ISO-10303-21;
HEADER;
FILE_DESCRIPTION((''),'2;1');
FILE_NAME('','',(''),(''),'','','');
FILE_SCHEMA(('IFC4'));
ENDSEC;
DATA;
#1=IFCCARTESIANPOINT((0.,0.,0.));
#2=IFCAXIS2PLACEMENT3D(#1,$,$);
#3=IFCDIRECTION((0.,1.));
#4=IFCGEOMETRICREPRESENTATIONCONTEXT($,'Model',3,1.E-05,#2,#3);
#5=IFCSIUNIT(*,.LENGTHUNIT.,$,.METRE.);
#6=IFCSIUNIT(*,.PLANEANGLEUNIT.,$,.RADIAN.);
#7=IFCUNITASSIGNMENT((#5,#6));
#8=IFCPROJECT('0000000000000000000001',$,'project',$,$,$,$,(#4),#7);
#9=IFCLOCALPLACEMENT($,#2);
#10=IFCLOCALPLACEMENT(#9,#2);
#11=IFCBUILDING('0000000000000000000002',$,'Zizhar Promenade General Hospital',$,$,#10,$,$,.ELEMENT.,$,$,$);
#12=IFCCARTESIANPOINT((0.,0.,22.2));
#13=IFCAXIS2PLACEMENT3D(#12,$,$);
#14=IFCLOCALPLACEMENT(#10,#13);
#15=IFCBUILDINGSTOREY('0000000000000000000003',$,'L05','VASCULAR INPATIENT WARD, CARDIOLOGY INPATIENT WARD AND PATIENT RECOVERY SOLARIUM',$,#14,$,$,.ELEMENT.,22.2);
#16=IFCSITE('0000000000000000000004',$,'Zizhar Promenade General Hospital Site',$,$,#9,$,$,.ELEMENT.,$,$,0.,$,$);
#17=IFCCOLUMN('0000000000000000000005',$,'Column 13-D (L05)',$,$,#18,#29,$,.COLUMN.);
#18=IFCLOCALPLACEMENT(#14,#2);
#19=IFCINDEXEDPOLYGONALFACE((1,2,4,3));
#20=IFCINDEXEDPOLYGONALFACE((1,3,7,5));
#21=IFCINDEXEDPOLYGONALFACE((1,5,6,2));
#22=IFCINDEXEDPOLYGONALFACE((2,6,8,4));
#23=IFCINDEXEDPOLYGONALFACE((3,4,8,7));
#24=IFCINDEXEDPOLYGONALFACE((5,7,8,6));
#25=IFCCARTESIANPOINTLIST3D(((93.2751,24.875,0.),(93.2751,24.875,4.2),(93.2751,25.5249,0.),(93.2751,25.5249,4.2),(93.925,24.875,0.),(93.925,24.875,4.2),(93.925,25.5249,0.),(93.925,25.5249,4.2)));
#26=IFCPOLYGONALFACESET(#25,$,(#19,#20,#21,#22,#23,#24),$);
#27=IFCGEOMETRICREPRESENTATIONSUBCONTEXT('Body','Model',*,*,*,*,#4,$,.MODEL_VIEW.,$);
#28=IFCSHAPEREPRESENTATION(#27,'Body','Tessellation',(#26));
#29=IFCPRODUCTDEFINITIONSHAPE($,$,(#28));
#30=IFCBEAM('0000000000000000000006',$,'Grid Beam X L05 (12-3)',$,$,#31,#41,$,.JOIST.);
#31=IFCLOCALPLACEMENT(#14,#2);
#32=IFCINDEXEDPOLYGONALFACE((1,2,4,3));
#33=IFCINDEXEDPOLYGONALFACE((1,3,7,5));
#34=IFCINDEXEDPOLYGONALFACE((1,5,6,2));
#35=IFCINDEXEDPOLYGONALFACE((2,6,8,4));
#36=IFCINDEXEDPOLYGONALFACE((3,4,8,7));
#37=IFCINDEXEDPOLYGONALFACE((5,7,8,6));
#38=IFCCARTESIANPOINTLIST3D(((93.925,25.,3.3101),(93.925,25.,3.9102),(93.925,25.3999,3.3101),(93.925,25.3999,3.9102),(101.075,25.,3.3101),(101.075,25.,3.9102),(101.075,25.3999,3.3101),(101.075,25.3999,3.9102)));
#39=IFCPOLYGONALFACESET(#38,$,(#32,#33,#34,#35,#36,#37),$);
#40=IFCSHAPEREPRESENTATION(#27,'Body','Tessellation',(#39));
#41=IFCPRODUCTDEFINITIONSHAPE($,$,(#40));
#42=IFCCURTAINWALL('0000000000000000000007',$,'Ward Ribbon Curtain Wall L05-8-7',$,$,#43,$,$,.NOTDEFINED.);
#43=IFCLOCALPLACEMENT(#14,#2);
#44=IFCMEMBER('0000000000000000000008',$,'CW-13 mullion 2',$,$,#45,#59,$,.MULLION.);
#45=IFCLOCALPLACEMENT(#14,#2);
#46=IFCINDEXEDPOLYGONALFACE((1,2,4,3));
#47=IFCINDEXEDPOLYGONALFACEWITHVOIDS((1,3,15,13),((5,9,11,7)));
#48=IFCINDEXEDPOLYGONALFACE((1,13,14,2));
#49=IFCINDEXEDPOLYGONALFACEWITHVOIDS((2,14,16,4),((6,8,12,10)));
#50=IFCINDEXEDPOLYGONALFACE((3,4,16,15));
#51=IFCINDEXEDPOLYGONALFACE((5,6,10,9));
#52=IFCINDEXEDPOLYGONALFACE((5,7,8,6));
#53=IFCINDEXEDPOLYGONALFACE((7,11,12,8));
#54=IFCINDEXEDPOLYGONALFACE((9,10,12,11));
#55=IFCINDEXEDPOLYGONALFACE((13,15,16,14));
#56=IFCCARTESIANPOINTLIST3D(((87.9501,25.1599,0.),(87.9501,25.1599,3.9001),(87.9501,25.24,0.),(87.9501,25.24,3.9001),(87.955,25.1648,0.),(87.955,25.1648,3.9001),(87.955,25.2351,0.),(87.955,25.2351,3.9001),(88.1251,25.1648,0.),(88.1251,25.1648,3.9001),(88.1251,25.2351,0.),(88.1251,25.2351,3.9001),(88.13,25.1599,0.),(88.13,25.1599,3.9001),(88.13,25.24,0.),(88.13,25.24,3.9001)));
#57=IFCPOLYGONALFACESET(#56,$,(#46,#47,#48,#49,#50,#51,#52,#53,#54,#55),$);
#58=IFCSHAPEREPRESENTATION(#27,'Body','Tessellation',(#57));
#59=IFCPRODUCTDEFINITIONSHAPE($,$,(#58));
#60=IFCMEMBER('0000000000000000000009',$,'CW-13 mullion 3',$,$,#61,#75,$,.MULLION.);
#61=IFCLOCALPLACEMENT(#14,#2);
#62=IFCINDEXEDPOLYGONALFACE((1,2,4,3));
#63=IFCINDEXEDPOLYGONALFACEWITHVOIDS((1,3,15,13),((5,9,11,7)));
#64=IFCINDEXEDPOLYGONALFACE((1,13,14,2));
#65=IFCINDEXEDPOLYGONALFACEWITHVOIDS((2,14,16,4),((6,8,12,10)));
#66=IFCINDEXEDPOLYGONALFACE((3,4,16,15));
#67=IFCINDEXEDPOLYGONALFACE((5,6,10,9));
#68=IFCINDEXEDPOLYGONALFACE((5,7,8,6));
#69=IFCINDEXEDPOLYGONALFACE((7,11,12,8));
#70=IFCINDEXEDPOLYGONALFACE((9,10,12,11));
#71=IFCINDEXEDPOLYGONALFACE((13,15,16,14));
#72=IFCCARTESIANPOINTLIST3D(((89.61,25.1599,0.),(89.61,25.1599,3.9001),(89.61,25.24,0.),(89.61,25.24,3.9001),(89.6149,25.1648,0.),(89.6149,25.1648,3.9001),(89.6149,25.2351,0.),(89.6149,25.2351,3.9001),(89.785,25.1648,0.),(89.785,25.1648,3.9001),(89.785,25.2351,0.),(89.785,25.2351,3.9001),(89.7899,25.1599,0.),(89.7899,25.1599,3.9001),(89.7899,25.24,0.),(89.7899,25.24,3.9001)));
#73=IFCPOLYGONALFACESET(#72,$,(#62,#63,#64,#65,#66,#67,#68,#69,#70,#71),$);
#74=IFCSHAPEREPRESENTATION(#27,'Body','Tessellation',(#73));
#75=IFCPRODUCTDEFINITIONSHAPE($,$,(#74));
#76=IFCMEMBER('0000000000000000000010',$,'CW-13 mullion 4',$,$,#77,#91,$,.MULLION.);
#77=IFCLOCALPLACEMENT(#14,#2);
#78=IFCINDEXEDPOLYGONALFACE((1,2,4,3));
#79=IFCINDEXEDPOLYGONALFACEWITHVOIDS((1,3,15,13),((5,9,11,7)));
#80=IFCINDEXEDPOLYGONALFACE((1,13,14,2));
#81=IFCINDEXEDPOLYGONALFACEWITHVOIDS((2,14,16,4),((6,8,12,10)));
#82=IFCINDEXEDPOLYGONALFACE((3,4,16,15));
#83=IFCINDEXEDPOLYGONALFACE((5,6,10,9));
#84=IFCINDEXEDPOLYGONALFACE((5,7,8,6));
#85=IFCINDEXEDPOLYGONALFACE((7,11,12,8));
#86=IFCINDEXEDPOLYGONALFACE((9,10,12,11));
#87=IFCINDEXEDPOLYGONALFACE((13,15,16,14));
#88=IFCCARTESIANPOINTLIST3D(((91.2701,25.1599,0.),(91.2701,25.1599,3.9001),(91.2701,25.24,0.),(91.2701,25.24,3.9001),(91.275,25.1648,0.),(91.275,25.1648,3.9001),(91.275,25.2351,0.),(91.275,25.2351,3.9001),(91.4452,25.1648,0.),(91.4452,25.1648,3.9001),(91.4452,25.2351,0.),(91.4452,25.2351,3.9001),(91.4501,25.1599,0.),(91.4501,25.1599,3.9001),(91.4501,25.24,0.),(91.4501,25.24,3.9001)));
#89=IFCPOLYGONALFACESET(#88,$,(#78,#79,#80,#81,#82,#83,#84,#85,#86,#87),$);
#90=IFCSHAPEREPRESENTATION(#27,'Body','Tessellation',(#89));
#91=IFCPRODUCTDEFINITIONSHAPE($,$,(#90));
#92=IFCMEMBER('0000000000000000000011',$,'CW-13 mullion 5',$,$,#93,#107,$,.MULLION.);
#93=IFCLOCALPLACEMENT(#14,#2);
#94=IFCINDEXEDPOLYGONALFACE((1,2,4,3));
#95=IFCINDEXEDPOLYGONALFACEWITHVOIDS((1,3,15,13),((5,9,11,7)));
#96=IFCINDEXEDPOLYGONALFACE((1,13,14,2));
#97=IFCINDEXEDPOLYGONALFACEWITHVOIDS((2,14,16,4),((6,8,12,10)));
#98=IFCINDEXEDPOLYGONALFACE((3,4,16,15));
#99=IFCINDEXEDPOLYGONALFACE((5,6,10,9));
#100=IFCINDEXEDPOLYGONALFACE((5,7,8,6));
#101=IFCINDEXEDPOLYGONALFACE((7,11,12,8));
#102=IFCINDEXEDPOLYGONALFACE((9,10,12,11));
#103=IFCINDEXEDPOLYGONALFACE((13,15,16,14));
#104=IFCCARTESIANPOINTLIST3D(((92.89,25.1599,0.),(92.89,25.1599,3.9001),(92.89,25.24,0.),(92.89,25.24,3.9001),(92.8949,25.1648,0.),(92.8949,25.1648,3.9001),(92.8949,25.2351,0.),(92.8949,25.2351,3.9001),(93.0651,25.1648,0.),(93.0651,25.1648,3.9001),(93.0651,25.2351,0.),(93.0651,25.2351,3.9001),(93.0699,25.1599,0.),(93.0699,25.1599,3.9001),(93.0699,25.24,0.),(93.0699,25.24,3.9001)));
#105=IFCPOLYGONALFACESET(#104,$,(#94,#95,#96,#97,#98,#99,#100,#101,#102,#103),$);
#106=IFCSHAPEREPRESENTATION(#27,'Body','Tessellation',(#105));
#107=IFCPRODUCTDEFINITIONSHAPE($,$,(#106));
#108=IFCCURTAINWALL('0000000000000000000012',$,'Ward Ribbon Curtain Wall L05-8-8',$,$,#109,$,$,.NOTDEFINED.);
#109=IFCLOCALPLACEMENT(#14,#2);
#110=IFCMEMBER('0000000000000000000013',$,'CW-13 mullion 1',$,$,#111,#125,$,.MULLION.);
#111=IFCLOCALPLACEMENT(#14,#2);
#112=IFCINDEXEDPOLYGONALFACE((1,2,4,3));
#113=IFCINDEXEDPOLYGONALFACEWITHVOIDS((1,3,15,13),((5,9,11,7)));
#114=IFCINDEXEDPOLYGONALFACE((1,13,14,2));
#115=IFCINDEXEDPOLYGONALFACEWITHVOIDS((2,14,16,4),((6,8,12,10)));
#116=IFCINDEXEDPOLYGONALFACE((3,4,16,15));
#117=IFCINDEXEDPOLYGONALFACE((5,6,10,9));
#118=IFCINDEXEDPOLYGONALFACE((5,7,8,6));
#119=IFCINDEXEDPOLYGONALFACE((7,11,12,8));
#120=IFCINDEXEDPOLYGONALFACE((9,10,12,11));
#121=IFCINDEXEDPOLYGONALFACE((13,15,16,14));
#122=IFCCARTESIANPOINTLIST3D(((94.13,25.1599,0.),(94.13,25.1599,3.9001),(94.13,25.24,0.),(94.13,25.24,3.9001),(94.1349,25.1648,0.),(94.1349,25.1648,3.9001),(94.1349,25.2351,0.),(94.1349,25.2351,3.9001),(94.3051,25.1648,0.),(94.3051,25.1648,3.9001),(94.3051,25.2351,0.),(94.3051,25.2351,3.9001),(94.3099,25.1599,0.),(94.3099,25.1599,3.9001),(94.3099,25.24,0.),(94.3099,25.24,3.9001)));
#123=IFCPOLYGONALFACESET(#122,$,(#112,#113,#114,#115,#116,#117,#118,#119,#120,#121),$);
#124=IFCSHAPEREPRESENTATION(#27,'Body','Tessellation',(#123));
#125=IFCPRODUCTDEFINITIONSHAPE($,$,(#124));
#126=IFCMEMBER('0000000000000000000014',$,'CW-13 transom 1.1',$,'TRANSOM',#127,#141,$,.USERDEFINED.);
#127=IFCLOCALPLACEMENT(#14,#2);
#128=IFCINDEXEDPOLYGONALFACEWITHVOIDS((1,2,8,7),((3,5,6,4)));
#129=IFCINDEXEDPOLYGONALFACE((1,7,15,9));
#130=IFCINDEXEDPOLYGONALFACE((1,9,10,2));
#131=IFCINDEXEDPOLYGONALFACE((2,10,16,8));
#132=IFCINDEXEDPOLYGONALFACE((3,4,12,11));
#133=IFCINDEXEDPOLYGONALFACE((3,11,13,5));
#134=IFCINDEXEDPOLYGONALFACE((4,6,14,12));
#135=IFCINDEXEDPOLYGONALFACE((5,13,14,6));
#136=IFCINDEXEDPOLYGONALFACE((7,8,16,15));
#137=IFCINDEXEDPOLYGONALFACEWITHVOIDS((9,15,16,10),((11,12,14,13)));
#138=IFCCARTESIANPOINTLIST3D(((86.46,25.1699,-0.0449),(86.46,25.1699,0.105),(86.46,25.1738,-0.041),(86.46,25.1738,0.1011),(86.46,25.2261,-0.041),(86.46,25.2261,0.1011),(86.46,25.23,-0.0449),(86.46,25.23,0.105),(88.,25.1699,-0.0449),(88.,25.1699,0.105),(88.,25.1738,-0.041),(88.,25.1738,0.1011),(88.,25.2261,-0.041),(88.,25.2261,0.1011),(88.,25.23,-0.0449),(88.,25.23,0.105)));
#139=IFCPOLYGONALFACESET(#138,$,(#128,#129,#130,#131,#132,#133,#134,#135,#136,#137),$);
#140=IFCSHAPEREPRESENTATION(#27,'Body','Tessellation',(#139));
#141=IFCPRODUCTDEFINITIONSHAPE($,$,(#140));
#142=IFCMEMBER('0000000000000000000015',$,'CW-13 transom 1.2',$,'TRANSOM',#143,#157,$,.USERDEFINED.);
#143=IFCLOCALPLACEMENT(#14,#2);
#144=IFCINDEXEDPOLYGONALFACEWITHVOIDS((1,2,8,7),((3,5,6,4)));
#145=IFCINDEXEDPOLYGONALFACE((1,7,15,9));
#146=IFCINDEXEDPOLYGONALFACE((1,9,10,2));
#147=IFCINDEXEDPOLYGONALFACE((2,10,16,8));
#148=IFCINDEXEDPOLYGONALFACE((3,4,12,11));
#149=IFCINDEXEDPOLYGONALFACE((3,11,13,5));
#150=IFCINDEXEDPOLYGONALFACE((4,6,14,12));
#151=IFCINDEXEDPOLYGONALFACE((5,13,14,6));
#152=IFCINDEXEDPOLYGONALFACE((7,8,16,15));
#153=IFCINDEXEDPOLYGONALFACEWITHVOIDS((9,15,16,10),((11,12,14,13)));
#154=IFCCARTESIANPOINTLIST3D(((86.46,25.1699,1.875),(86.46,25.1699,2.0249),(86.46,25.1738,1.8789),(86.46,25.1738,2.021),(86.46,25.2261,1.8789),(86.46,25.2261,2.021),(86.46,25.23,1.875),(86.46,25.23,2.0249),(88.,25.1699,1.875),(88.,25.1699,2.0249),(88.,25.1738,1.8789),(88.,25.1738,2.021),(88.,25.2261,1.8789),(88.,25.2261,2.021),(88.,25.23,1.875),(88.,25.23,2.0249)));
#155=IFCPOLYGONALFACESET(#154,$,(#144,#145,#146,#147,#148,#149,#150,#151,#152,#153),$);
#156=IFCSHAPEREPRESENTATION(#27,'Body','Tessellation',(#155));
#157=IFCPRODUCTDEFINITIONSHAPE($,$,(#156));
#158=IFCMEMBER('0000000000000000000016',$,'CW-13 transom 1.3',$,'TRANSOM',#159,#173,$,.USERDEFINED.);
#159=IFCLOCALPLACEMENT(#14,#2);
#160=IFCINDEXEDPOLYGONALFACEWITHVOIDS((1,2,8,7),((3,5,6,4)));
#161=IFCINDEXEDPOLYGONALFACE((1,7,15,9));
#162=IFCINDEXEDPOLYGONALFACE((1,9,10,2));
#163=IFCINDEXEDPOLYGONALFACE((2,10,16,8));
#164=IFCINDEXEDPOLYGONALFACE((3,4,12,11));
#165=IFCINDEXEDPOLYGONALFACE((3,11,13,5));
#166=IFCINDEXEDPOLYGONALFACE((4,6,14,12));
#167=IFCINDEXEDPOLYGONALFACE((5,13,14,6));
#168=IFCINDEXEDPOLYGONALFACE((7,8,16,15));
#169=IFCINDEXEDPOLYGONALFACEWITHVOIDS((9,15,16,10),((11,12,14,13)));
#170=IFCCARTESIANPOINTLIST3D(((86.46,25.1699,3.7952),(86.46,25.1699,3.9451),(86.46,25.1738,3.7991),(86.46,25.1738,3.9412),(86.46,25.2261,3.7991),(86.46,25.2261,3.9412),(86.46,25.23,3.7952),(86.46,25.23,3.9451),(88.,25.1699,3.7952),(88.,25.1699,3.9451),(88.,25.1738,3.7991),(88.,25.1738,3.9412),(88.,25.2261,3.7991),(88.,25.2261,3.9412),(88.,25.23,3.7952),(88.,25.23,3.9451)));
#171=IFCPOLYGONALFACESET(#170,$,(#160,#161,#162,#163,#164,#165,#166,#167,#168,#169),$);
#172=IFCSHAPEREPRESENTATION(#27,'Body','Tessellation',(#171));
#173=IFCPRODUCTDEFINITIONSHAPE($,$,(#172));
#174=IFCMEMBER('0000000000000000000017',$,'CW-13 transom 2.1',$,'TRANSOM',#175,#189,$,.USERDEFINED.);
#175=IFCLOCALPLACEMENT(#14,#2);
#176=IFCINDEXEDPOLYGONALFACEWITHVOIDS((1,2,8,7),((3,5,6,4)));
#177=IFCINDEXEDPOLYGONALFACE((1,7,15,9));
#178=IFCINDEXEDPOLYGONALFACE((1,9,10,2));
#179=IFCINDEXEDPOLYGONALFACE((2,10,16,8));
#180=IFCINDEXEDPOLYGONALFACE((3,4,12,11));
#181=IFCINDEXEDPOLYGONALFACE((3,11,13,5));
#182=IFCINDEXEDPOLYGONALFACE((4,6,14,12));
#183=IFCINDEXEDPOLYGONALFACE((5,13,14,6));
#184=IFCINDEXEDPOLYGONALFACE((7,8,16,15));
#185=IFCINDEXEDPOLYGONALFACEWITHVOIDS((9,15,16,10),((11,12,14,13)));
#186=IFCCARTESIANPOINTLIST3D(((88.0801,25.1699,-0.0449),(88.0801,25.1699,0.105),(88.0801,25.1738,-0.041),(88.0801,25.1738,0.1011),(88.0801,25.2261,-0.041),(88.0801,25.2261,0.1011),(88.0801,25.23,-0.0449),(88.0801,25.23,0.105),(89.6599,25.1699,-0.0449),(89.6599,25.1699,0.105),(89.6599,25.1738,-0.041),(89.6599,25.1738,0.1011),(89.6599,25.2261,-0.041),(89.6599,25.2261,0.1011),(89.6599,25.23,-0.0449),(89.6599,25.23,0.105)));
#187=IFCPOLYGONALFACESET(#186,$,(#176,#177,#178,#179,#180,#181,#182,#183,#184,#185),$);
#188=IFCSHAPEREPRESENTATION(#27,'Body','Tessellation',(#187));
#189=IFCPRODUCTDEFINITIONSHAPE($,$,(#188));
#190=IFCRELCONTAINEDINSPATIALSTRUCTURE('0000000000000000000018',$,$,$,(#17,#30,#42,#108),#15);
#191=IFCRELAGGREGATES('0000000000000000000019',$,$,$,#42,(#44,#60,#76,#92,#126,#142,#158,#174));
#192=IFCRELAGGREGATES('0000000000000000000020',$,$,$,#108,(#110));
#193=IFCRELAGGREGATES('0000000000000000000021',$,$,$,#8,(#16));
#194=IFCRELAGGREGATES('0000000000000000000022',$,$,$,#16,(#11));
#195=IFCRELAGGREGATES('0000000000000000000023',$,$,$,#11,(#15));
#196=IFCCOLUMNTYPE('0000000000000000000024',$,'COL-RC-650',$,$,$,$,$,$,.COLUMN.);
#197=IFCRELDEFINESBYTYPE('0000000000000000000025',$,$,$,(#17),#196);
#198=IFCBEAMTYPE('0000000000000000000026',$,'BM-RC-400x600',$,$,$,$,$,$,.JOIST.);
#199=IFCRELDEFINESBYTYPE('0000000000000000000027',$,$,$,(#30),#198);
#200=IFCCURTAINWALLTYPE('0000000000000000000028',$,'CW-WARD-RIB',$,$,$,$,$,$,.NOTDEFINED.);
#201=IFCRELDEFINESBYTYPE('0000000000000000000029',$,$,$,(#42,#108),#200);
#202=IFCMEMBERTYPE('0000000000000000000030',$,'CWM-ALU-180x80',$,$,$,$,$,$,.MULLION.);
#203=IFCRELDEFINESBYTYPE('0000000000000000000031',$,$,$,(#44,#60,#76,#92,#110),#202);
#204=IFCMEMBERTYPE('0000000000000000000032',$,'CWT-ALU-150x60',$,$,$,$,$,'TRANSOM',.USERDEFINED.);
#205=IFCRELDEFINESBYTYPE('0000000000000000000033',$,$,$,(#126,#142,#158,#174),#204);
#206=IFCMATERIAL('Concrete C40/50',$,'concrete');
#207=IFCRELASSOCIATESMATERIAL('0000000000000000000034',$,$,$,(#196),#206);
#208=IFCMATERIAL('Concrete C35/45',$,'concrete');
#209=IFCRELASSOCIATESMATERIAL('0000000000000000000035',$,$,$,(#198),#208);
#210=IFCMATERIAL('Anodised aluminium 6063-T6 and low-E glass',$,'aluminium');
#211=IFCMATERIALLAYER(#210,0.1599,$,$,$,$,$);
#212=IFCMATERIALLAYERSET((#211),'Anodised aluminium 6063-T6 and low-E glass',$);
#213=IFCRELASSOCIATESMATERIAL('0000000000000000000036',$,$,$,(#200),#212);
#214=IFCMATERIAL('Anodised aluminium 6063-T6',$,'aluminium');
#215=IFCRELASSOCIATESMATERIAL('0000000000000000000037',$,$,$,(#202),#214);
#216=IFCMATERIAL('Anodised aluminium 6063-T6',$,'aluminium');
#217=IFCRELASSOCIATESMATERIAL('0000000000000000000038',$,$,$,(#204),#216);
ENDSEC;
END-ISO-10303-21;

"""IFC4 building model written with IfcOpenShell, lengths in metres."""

from ifc_helpers import new_model, si_unit, direction, frame, origin, origin_2d, place, context, subcontext, project, spatial, rectangle, hollow_rectangle, extrude, material, layer, layer_set, material_profile, profile_set, type_object, element, aggregate, save


model = new_model("IFC4")

# Units and contexts
model_context = context("Model", 3, precision=1e-05, world=origin(), true_north=direction((0.0, 1.0)))
body_context = subcontext(model_context, "Body", "Model", "MODEL_VIEW")
ifc_project = project(units=[si_unit("LENGTHUNIT", "METRE"), si_unit("PLANEANGLEUNIT", "RADIAN")], contexts=[model_context])

# Site, building, storey
site_placement = place(None, origin())
site = spatial("IfcSite", under=ifc_project, at=site_placement, Name="Zizhar Promenade General Hospital Site", CompositionType="ELEMENT", RefElevation=0.0)
building_placement = place(site_placement, origin())
building = spatial("IfcBuilding", under=site, at=building_placement, Name="Zizhar Promenade General Hospital", CompositionType="ELEMENT")
storey_placement = place(building_placement, frame((0.0, 0.0, 22.2)))
storey = spatial("IfcBuildingStorey", under=building, at=storey_placement, Name="L05", Description="VASCULAR INPATIENT WARD, CARDIOLOGY INPATIENT WARD AND PATIENT RECOVERY SOLARIUM", CompositionType="ELEMENT", Elevation=22.2)

# Column
ifc_material_1 = material(Name="Concrete C40/50", Category="concrete")
ifc_material_profile_1 = material_profile(ifc_material_1, rectangle(XDim=0.6499, YDim=0.6499, at=origin_2d()))
ifc_profile_set_1 = profile_set([ifc_material_profile_1], Name="Concrete C40/50")
column_type = type_object("IfcColumnType", Name="COL-RC-650", PredefinedType="COLUMN", material=ifc_profile_set_1)
column_placement = place(storey_placement, frame((93.6001, 25.2, 0.0), z_axis=(0.0, 0.0, 1.0), x_axis=(1.0, 0.0, 0.0)))
element("IfcColumn", 1, at=column_placement, inside=storey, type_object=column_type, Name="Column 13-D (L05)", PredefinedType="COLUMN", context=body_context, shape_type="SweptSolid", body=[
    extrude(rectangle(XDim=0.6499, YDim=0.6499, at=origin_2d()), origin(), (0.0, 0.0, 1.0), 4.2),
])

# Beam
ifc_material_2 = material(Name="Concrete C35/45", Category="concrete")
ifc_material_profile_2 = material_profile(ifc_material_2, rectangle(XDim=0.3999, YDim=0.6001, at=origin_2d()))
ifc_profile_set_2 = profile_set([ifc_material_profile_2], Name="Concrete C35/45")
beam_type = type_object("IfcBeamType", Name="BM-RC-400x600", PredefinedType="JOIST", material=ifc_profile_set_2)
beam_placement = place(storey_placement, frame((93.925, 25.2, 3.6101), z_axis=(1.0, 0.0, 0.0), x_axis=(0.0, 1.0, 0.0)))
element("IfcBeam", 2, at=beam_placement, inside=storey, type_object=beam_type, Name="Grid Beam X L05 (12-3)", PredefinedType="JOIST", context=body_context, shape_type="SweptSolid", body=[
    extrude(rectangle(XDim=0.3999, YDim=0.6001, at=origin_2d()), origin(), (0.0, 0.0, 1.0), 7.1499),
])

# Curtain wall, members
ifc_material_3 = material(Name="Anodised aluminium 6063-T6 and low-E glass", Category="aluminium")
ifc_layer_1 = layer(ifc_material_3, 0.1599)
ifc_layer_set_1 = layer_set([ifc_layer_1], Name="Anodised aluminium 6063-T6 and low-E glass")
curtain_wall_type = type_object("IfcCurtainWallType", Name="CW-WARD-RIB", PredefinedType="NOTDEFINED", material=ifc_layer_set_1)
curtain_wall_1_placement = place(storey_placement, origin())
curtain_wall_1 = element("IfcCurtainWall", 3, at=curtain_wall_1_placement, inside=storey, type_object=curtain_wall_type, Name="Ward Ribbon Curtain Wall L05-8-7", PredefinedType="NOTDEFINED")
ifc_material_4 = material(Name="Anodised aluminium 6063-T6", Category="aluminium")
ifc_material_profile_3 = material_profile(ifc_material_4, hollow_rectangle(XDim=0.0801, YDim=0.1799, WallThickness=0.0049, at=origin_2d()))
ifc_profile_set_3 = profile_set([ifc_material_profile_3], Name="Anodised aluminium 6063-T6")
member_type_1 = type_object("IfcMemberType", Name="CWM-ALU-180x80", PredefinedType="MULLION", material=ifc_profile_set_3)
member_1_placement = place(storey_placement, frame((88.04, 25.2, 0.0), z_axis=(0.0, 0.0, 1.0), x_axis=(0.0, 1.0, 0.0)))
member_1 = element("IfcMember", 4, at=member_1_placement, type_object=member_type_1, Name="CW-13 mullion 2", PredefinedType="MULLION", context=body_context, shape_type="SweptSolid", body=[
    extrude(hollow_rectangle(XDim=0.0801, YDim=0.1799, WallThickness=0.0049, at=origin_2d()), origin(), (0.0, 0.0, 1.0), 3.9001),
])
member_2_placement = place(storey_placement, frame((89.7, 25.2, 0.0), z_axis=(0.0, 0.0, 1.0), x_axis=(0.0, 1.0, 0.0)))
member_2 = element("IfcMember", 5, at=member_2_placement, type_object=member_type_1, Name="CW-13 mullion 3", PredefinedType="MULLION", context=body_context, shape_type="SweptSolid", body=[
    extrude(hollow_rectangle(XDim=0.0801, YDim=0.1799, WallThickness=0.0049, at=origin_2d()), origin(), (0.0, 0.0, 1.0), 3.9001),
])
member_3_placement = place(storey_placement, frame((91.3601, 25.2, 0.0), z_axis=(0.0, 0.0, 1.0), x_axis=(0.0, 1.0, 0.0)))
member_3 = element("IfcMember", 6, at=member_3_placement, type_object=member_type_1, Name="CW-13 mullion 4", PredefinedType="MULLION", context=body_context, shape_type="SweptSolid", body=[
    extrude(hollow_rectangle(XDim=0.0801, YDim=0.1799, WallThickness=0.0049, at=origin_2d()), origin(), (0.0, 0.0, 1.0), 3.9001),
])
member_4_placement = place(storey_placement, frame((92.98, 25.2, 0.0), z_axis=(0.0, 0.0, 1.0), x_axis=(0.0, 1.0, 0.0)))
member_4 = element("IfcMember", 7, at=member_4_placement, type_object=member_type_1, Name="CW-13 mullion 5", PredefinedType="MULLION", context=body_context, shape_type="SweptSolid", body=[
    extrude(hollow_rectangle(XDim=0.0801, YDim=0.1799, WallThickness=0.0049, at=origin_2d()), origin(), (0.0, 0.0, 1.0), 3.9001),
])

# Curtain wall, member
curtain_wall_2_placement = place(storey_placement, origin())
curtain_wall_2 = element("IfcCurtainWall", 8, at=curtain_wall_2_placement, inside=storey, type_object=curtain_wall_type, Name="Ward Ribbon Curtain Wall L05-8-8", PredefinedType="NOTDEFINED")
member_5_placement = place(storey_placement, frame((94.22, 25.2, 0.0), z_axis=(0.0, 0.0, 1.0), x_axis=(0.0, 1.0, 0.0)))
member_5 = element("IfcMember", 9, at=member_5_placement, type_object=member_type_1, Name="CW-13 mullion 1", PredefinedType="MULLION", context=body_context, shape_type="SweptSolid", body=[
    extrude(hollow_rectangle(XDim=0.0801, YDim=0.1799, WallThickness=0.0049, at=origin_2d()), origin(), (0.0, 0.0, 1.0), 3.9001),
])

# Members
ifc_material_5 = material(Name="Anodised aluminium 6063-T6", Category="aluminium")
ifc_material_profile_4 = material_profile(ifc_material_5, hollow_rectangle(XDim=0.0601, YDim=0.1499, WallThickness=0.0039, at=origin_2d()))
ifc_profile_set_4 = profile_set([ifc_material_profile_4], Name="Anodised aluminium 6063-T6")
member_type_2 = type_object("IfcMemberType", Name="CWT-ALU-150x60", ElementType="TRANSOM", PredefinedType="USERDEFINED", material=ifc_profile_set_4)
member_6_placement = place(storey_placement, frame((86.46, 25.2, 0.03), z_axis=(1.0, 0.0, 0.0), x_axis=(0.0, 1.0, 0.0)))
member_6 = element("IfcMember", 10, at=member_6_placement, type_object=member_type_2, Name="CW-13 transom 1.1", ObjectType="TRANSOM", PredefinedType="USERDEFINED", context=body_context, shape_type="SweptSolid", body=[
    extrude(hollow_rectangle(XDim=0.0601, YDim=0.1499, WallThickness=0.0039, at=origin_2d()), origin(), (0.0, 0.0, 1.0), 1.54),
])
member_7_placement = place(storey_placement, frame((86.46, 25.2, 1.95), z_axis=(1.0, 0.0, 0.0), x_axis=(0.0, 1.0, 0.0)))
member_7 = element("IfcMember", 11, at=member_7_placement, type_object=member_type_2, Name="CW-13 transom 1.2", ObjectType="TRANSOM", PredefinedType="USERDEFINED", context=body_context, shape_type="SweptSolid", body=[
    extrude(hollow_rectangle(XDim=0.0601, YDim=0.1499, WallThickness=0.0039, at=origin_2d()), origin(), (0.0, 0.0, 1.0), 1.54),
])
member_8_placement = place(storey_placement, frame((86.46, 25.2, 3.8701), z_axis=(1.0, 0.0, 0.0), x_axis=(0.0, 1.0, 0.0)))
member_8 = element("IfcMember", 12, at=member_8_placement, type_object=member_type_2, Name="CW-13 transom 1.3", ObjectType="TRANSOM", PredefinedType="USERDEFINED", context=body_context, shape_type="SweptSolid", body=[
    extrude(hollow_rectangle(XDim=0.0601, YDim=0.1499, WallThickness=0.0039, at=origin_2d()), origin(), (0.0, 0.0, 1.0), 1.54),
])
member_9_placement = place(storey_placement, frame((88.0801, 25.2, 0.03), z_axis=(1.0, 0.0, 0.0), x_axis=(0.0, 1.0, 0.0)))
member_9 = element("IfcMember", 13, at=member_9_placement, type_object=member_type_2, Name="CW-13 transom 2.1", ObjectType="TRANSOM", PredefinedType="USERDEFINED", context=body_context, shape_type="SweptSolid", body=[
    extrude(hollow_rectangle(XDim=0.0601, YDim=0.1499, WallThickness=0.0039, at=origin_2d()), origin(), (0.0, 0.0, 1.0), 1.5798),
])

aggregate(curtain_wall_1, [member_1, member_2, member_3, member_4, member_6, member_7, member_8, member_9])
aggregate(curtain_wall_2, [member_5])

save(model, "model.ifc")
